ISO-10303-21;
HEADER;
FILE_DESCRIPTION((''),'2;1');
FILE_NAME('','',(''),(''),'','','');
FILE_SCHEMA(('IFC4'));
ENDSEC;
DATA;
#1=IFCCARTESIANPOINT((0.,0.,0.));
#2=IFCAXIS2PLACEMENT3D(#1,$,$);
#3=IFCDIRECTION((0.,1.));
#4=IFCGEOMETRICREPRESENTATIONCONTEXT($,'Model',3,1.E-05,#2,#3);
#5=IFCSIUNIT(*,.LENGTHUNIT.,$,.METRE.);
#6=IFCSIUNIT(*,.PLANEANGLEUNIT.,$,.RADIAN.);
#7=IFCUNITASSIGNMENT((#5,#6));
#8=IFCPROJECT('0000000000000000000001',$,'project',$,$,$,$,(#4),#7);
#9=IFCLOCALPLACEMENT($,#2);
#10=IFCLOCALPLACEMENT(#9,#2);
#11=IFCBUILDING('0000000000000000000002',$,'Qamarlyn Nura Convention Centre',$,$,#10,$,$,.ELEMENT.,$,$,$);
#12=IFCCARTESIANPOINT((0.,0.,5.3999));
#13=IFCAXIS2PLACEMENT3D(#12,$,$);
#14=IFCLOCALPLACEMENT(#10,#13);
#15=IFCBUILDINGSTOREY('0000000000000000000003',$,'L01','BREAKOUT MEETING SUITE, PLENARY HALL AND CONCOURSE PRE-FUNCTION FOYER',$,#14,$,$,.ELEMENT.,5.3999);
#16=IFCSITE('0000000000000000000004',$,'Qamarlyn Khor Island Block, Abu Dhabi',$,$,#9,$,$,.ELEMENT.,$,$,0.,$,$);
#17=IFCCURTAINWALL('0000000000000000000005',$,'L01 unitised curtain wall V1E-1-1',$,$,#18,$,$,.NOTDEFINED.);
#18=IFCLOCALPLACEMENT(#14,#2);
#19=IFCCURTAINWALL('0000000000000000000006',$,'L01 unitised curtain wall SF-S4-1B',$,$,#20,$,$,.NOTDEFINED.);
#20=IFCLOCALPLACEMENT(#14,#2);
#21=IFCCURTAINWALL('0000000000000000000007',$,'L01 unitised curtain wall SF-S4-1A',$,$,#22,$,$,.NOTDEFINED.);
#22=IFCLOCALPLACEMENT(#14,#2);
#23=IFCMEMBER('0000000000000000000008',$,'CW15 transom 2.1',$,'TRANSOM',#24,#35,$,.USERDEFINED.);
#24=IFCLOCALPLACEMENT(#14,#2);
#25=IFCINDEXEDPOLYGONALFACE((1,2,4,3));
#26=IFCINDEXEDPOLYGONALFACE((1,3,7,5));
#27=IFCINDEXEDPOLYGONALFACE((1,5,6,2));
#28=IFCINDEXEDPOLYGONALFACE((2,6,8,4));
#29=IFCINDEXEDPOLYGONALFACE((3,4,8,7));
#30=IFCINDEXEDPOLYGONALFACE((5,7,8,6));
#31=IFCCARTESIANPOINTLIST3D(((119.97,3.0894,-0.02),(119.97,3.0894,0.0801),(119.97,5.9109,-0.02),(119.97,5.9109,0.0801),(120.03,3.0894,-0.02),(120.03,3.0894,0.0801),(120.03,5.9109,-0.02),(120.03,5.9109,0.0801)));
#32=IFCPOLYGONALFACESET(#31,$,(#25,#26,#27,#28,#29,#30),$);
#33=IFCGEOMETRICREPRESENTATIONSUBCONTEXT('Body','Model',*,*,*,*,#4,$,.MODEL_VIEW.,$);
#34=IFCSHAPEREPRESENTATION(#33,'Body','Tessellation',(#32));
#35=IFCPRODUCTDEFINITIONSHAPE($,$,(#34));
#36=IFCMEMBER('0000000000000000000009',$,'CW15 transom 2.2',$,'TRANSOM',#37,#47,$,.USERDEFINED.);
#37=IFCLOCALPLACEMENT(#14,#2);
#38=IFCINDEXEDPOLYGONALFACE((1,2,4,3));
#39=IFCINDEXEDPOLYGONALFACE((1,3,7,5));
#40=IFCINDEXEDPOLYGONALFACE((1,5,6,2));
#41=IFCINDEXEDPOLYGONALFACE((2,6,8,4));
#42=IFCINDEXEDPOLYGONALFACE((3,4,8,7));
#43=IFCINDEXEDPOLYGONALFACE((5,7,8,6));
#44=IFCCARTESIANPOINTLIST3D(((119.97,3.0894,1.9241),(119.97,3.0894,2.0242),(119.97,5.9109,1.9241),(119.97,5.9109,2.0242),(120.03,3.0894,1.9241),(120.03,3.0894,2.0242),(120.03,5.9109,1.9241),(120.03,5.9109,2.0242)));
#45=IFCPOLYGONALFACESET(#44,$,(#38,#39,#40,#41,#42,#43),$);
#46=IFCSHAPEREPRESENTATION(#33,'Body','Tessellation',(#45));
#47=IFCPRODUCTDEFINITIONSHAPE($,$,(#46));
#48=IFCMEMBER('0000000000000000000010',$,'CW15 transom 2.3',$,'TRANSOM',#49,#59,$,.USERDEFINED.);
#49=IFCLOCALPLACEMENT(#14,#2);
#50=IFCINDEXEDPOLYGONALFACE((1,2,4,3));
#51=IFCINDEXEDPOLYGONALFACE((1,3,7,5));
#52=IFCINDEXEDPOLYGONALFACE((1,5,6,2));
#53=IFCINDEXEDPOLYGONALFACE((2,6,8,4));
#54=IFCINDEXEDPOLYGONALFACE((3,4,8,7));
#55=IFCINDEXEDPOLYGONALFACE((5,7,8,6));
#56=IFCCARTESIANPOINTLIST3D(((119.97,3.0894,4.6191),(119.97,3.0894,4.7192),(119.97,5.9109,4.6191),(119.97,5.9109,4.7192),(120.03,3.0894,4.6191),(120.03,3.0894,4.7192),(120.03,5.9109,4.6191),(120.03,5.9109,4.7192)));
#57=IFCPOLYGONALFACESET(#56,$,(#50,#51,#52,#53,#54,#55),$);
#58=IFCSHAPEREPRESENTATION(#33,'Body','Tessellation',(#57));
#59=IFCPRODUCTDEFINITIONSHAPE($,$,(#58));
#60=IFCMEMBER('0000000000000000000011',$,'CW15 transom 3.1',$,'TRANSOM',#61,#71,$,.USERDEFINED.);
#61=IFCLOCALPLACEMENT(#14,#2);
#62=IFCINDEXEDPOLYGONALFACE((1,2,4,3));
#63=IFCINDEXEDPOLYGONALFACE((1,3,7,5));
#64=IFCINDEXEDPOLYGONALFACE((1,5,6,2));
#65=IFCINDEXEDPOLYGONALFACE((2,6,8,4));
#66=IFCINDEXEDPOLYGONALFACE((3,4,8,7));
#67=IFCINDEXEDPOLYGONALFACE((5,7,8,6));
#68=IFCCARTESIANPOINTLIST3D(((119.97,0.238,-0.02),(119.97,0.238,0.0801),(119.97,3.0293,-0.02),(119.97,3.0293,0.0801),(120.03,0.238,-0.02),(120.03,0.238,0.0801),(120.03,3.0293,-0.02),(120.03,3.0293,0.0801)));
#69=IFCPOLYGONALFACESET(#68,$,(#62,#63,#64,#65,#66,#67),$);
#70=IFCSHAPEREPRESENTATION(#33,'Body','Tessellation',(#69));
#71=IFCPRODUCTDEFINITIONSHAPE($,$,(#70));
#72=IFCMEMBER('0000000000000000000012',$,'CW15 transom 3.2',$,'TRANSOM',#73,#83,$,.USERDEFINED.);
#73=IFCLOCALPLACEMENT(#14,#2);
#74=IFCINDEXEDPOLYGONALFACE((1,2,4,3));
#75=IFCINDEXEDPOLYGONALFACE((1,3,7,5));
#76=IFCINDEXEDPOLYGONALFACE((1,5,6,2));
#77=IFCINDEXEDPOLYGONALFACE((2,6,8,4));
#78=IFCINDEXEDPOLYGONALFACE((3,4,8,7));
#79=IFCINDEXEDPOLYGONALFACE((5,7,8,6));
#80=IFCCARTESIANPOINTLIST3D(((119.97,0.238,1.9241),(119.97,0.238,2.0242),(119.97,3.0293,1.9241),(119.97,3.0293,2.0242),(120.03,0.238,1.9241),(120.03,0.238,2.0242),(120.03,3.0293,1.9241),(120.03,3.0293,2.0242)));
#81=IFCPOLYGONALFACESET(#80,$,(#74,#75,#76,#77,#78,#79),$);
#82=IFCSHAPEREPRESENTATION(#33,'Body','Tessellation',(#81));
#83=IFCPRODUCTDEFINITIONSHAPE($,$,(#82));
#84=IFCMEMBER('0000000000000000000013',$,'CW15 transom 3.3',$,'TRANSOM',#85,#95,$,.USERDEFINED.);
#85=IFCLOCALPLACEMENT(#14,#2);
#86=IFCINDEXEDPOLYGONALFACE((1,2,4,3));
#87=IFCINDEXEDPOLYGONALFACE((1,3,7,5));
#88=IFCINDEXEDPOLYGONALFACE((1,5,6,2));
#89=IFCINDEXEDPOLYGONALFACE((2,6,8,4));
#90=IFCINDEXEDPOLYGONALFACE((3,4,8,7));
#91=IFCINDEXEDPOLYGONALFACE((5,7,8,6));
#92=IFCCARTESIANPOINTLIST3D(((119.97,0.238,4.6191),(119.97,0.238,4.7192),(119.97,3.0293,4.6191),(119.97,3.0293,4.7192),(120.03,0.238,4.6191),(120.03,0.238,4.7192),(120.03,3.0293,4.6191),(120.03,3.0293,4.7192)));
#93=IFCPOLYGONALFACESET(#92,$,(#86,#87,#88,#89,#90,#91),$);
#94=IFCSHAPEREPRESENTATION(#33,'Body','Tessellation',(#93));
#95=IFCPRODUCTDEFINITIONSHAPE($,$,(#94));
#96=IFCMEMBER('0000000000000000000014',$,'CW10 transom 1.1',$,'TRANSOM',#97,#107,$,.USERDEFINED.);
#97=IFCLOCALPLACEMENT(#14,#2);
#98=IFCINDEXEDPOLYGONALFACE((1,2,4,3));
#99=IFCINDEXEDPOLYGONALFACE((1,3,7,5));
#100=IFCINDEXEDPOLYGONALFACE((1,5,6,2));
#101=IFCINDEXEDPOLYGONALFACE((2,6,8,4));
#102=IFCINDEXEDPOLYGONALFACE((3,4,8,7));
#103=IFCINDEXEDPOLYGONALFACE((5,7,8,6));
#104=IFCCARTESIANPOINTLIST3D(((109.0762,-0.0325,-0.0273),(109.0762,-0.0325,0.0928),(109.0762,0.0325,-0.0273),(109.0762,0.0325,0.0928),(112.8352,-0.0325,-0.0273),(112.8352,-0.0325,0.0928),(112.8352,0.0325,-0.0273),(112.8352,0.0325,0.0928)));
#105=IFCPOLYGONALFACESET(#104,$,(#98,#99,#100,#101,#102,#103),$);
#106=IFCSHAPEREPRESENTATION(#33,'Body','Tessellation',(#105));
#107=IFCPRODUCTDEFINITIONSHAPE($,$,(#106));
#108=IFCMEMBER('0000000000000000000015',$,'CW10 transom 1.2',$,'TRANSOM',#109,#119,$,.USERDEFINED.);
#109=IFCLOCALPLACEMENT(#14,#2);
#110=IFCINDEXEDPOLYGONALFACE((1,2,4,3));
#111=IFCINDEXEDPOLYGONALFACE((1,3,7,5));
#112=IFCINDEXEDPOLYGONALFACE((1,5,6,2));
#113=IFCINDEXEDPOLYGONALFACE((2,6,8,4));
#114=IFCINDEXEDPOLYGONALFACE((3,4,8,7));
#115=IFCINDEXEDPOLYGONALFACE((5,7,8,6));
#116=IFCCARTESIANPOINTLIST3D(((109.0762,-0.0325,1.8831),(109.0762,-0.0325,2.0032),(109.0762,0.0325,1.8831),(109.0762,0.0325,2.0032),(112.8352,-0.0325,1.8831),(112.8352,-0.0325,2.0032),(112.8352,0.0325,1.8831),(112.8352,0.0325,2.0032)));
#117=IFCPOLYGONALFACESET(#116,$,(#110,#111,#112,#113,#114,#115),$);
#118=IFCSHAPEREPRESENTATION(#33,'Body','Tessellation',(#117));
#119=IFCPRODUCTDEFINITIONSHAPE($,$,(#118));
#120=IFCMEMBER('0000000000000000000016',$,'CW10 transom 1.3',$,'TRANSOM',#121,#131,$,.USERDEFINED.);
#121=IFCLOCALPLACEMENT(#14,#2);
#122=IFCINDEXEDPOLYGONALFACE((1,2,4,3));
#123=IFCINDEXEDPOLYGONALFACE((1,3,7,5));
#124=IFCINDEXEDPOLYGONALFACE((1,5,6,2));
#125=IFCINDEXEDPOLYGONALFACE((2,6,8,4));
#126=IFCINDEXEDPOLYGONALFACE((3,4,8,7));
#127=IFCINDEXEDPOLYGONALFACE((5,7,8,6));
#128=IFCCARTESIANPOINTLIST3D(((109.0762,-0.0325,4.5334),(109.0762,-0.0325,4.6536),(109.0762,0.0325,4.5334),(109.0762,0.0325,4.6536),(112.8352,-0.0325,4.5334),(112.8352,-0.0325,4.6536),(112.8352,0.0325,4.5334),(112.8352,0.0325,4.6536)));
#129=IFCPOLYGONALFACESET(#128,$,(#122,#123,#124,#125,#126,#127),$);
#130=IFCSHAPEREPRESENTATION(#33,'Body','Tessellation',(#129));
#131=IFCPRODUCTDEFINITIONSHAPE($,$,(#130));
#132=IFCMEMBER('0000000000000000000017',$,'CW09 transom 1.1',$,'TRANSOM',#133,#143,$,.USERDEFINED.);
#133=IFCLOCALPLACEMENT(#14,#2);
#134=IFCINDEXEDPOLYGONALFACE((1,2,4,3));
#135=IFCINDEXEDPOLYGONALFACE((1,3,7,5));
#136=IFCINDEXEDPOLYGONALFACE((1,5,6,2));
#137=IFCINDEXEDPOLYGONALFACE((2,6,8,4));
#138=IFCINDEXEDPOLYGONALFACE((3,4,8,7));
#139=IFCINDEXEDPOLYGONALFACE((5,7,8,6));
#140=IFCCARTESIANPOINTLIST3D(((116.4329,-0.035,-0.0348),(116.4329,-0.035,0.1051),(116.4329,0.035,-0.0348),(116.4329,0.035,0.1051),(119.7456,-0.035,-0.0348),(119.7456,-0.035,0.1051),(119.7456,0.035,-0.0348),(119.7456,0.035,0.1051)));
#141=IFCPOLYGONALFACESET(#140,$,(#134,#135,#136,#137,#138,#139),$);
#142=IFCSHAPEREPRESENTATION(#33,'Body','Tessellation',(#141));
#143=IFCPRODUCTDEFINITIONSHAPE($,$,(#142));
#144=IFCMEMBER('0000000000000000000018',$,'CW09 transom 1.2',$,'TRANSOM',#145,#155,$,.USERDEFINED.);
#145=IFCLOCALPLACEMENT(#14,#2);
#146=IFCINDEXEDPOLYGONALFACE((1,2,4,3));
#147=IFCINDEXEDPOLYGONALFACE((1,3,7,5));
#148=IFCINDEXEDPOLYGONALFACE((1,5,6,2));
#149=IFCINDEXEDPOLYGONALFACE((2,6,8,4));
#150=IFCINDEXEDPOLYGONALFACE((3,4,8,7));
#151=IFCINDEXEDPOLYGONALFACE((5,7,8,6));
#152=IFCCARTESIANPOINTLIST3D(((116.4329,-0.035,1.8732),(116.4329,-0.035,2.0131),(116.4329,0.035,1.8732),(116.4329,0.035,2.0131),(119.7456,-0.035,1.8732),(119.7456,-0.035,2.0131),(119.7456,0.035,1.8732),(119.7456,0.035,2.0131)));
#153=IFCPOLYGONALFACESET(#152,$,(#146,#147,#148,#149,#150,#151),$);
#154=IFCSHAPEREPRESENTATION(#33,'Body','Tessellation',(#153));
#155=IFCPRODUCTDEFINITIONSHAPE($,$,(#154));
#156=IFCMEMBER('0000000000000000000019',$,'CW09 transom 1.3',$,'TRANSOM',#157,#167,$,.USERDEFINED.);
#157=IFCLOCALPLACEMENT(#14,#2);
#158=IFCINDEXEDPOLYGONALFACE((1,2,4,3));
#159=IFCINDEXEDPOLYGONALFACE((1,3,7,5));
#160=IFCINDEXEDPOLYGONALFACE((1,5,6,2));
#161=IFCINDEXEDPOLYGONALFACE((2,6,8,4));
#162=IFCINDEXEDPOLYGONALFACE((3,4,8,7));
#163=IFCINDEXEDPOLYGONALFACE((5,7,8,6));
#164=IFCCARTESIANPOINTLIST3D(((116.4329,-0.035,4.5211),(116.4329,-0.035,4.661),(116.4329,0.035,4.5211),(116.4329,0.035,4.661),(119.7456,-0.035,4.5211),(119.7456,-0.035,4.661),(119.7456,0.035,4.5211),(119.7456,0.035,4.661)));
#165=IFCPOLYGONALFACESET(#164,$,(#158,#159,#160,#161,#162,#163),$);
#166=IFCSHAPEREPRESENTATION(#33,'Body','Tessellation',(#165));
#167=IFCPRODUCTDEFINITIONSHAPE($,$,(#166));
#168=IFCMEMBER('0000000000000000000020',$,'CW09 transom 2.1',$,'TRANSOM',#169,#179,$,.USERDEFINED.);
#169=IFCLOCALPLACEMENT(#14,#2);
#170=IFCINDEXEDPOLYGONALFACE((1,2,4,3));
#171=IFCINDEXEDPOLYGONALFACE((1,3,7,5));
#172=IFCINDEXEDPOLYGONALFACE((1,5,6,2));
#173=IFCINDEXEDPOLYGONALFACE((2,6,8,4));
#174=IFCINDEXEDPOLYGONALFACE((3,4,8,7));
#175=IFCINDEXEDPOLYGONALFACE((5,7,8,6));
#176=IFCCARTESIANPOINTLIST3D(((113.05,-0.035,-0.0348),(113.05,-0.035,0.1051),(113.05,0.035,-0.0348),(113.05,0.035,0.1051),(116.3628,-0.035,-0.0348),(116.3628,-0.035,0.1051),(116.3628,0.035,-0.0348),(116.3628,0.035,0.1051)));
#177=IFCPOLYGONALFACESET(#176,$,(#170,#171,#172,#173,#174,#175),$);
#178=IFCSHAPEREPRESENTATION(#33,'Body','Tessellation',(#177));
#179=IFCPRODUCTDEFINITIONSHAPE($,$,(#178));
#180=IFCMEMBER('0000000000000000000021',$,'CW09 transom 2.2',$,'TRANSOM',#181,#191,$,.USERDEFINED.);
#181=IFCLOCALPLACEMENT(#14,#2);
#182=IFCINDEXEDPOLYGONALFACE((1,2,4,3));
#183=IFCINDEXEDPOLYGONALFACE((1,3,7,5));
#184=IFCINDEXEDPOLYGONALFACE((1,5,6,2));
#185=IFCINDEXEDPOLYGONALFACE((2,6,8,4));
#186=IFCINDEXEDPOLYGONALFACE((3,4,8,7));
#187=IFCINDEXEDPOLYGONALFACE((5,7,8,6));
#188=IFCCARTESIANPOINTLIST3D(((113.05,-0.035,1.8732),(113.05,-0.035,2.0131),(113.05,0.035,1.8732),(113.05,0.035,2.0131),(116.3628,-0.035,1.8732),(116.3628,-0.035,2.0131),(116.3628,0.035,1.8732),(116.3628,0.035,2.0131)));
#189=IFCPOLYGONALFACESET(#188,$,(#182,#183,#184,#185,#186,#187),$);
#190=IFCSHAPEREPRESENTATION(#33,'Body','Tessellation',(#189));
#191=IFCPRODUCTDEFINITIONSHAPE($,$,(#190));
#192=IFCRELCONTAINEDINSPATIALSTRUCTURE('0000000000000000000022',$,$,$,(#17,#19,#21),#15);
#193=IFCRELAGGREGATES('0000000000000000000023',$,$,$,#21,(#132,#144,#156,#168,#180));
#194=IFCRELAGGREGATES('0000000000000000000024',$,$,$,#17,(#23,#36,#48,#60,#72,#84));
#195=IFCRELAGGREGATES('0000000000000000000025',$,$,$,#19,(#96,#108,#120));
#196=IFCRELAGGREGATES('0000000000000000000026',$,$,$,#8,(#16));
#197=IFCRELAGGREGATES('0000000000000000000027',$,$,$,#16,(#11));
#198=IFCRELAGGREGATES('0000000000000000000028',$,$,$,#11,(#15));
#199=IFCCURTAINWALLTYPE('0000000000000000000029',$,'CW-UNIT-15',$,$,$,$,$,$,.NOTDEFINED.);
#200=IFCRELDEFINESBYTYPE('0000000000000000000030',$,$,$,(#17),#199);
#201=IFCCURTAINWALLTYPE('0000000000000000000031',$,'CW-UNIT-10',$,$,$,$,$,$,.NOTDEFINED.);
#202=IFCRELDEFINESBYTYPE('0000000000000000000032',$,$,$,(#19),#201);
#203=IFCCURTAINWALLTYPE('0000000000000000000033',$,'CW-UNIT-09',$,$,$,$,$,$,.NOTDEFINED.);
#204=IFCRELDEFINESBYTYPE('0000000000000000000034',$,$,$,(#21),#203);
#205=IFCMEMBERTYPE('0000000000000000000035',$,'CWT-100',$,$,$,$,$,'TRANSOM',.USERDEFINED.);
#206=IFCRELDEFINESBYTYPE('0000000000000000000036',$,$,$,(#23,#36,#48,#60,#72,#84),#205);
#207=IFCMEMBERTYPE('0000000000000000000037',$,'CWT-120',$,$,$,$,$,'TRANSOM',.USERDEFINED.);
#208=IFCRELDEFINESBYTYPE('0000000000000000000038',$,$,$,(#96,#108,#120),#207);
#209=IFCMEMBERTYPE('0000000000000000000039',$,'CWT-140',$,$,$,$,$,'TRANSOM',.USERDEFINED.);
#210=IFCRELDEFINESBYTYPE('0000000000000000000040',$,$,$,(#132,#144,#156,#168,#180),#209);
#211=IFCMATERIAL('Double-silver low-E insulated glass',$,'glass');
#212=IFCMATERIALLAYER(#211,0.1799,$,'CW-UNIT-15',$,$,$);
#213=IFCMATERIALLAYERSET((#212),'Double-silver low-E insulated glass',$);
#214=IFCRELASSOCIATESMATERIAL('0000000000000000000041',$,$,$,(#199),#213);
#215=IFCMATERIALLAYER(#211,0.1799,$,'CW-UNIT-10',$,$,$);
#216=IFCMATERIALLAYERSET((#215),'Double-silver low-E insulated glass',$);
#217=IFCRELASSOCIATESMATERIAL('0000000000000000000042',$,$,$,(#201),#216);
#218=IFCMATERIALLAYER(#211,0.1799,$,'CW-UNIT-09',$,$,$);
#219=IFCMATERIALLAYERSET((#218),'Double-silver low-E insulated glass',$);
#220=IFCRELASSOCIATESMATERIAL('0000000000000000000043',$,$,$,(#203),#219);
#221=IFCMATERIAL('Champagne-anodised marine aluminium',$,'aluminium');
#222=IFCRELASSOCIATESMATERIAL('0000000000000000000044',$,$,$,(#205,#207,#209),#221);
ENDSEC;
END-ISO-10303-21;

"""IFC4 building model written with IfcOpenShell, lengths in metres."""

from ifc_helpers import new_model, si_unit, direction, frame, origin, origin_2d, place, context, subcontext, project, spatial, rectangle, extrude, material, layer, layer_set, material_profile, profile_set, type_object, element, aggregate, save


model = new_model("IFC4")

# Units and contexts
model_context = context("Model", 3, precision=1e-05, world=origin(), true_north=direction((0.0, 1.0)))
body_context = subcontext(model_context, "Body", "Model", "MODEL_VIEW")
ifc_project = project(units=[si_unit("LENGTHUNIT", "METRE"), si_unit("PLANEANGLEUNIT", "RADIAN")], contexts=[model_context])

# Site, building, storey
site_placement = place(None, origin())
site = spatial("IfcSite", under=ifc_project, at=site_placement, Name="Qamarlyn Khor Island Block, Abu Dhabi", CompositionType="ELEMENT", RefElevation=0.0)
building_placement = place(site_placement, origin())
building = spatial("IfcBuilding", under=site, at=building_placement, Name="Qamarlyn Nura Convention Centre", CompositionType="ELEMENT")
storey_placement = place(building_placement, frame((0.0, 0.0, 5.3999)))
storey = spatial("IfcBuildingStorey", under=building, at=storey_placement, Name="L01", Description="BREAKOUT MEETING SUITE, PLENARY HALL AND CONCOURSE PRE-FUNCTION FOYER", CompositionType="ELEMENT", Elevation=5.3999)

# Curtain wall
ifc_material_1 = material(Name="Double-silver low-E insulated glass", Category="glass")
ifc_layer_1 = layer(ifc_material_1, 0.1799, Name="CW-UNIT-15")
ifc_layer_set_1 = layer_set([ifc_layer_1], Name="Double-silver low-E insulated glass")
curtain_wall_type_1 = type_object("IfcCurtainWallType", Name="CW-UNIT-15", PredefinedType="NOTDEFINED", material=ifc_layer_set_1)
curtain_wall_1_placement = place(storey_placement, origin())
curtain_wall_1 = element("IfcCurtainWall", 1, at=curtain_wall_1_placement, inside=storey, type_object=curtain_wall_type_1, Name="L01 unitised curtain wall V1E-1-1", PredefinedType="NOTDEFINED")
ifc_material_2 = material(Name="Champagne-anodised marine aluminium", Category="aluminium")

# Curtain wall
ifc_layer_2 = layer(ifc_material_1, 0.1799, Name="CW-UNIT-10")
ifc_layer_set_2 = layer_set([ifc_layer_2], Name="Double-silver low-E insulated glass")
curtain_wall_type_2 = type_object("IfcCurtainWallType", Name="CW-UNIT-10", PredefinedType="NOTDEFINED", material=ifc_layer_set_2)
curtain_wall_2_placement = place(storey_placement, origin())
curtain_wall_2 = element("IfcCurtainWall", 2, at=curtain_wall_2_placement, inside=storey, type_object=curtain_wall_type_2, Name="L01 unitised curtain wall SF-S4-1B", PredefinedType="NOTDEFINED")

# Curtain wall
ifc_layer_3 = layer(ifc_material_1, 0.1799, Name="CW-UNIT-09")
ifc_layer_set_3 = layer_set([ifc_layer_3], Name="Double-silver low-E insulated glass")
curtain_wall_type_3 = type_object("IfcCurtainWallType", Name="CW-UNIT-09", PredefinedType="NOTDEFINED", material=ifc_layer_set_3)
curtain_wall_3_placement = place(storey_placement, origin())
curtain_wall_3 = element("IfcCurtainWall", 3, at=curtain_wall_3_placement, inside=storey, type_object=curtain_wall_type_3, Name="L01 unitised curtain wall SF-S4-1A", PredefinedType="NOTDEFINED")

# Members
ifc_material_profile_1 = material_profile(ifc_material_2, rectangle(XDim=0.0601, YDim=0.1001, at=origin_2d()), Name="ALU TRANSOM 60x100")
ifc_profile_set_1 = profile_set([ifc_material_profile_1], Name="Champagne-anodised marine aluminium")
member_type_1 = type_object("IfcMemberType", Name="CWT-100", ElementType="TRANSOM", PredefinedType="USERDEFINED", material=ifc_profile_set_1)
member_1_placement = place(storey_placement, frame((120.0, 5.9109, 0.03), z_axis=(0.0, -1.0, 0.0), x_axis=(1.0, 0.0, 0.0)))
member_1 = element("IfcMember", 4, at=member_1_placement, type_object=member_type_1, Name="CW15 transom 2.1", ObjectType="TRANSOM", PredefinedType="USERDEFINED", context=body_context, shape_type="SweptSolid", body=[
    extrude(rectangle(XDim=0.0601, YDim=0.1001, at=origin_2d()), origin(), (0.0, 0.0, 1.0), 2.8215),
])
member_2_placement = place(storey_placement, frame((120.0, 5.9109, 1.9741), z_axis=(0.0, -1.0, 0.0), x_axis=(1.0, 0.0, 0.0)))
member_2 = element("IfcMember", 5, at=member_2_placement, type_object=member_type_1, Name="CW15 transom 2.2", ObjectType="TRANSOM", PredefinedType="USERDEFINED", context=body_context, shape_type="SweptSolid", body=[
    extrude(rectangle(XDim=0.0601, YDim=0.1001, at=origin_2d()), origin(), (0.0, 0.0, 1.0), 2.8215),
])
member_3_placement = place(storey_placement, frame((120.0, 5.9109, 4.6692), z_axis=(0.0, -1.0, 0.0), x_axis=(1.0, 0.0, 0.0)))
member_3 = element("IfcMember", 6, at=member_3_placement, type_object=member_type_1, Name="CW15 transom 2.3", ObjectType="TRANSOM", PredefinedType="USERDEFINED", context=body_context, shape_type="SweptSolid", body=[
    extrude(rectangle(XDim=0.0601, YDim=0.1001, at=origin_2d()), origin(), (0.0, 0.0, 1.0), 2.8215),
])
member_4_placement = place(storey_placement, frame((120.0, 3.0293, 0.03), z_axis=(0.0, -1.0, 0.0), x_axis=(1.0, 0.0, 0.0)))
member_4 = element("IfcMember", 7, at=member_4_placement, type_object=member_type_1, Name="CW15 transom 3.1", ObjectType="TRANSOM", PredefinedType="USERDEFINED", context=body_context, shape_type="SweptSolid", body=[
    extrude(rectangle(XDim=0.0601, YDim=0.1001, at=origin_2d()), origin(), (0.0, 0.0, 1.0), 2.7913),
])
member_5_placement = place(storey_placement, frame((120.0, 3.0293, 1.9741), z_axis=(0.0, -1.0, 0.0), x_axis=(1.0, 0.0, 0.0)))
member_5 = element("IfcMember", 8, at=member_5_placement, type_object=member_type_1, Name="CW15 transom 3.2", ObjectType="TRANSOM", PredefinedType="USERDEFINED", context=body_context, shape_type="SweptSolid", body=[
    extrude(rectangle(XDim=0.0601, YDim=0.1001, at=origin_2d()), origin(), (0.0, 0.0, 1.0), 2.7913),
])
member_6_placement = place(storey_placement, frame((120.0, 3.0293, 4.6692), z_axis=(0.0, -1.0, 0.0), x_axis=(1.0, 0.0, 0.0)))
member_6 = element("IfcMember", 9, at=member_6_placement, type_object=member_type_1, Name="CW15 transom 3.3", ObjectType="TRANSOM", PredefinedType="USERDEFINED", context=body_context, shape_type="SweptSolid", body=[
    extrude(rectangle(XDim=0.0601, YDim=0.1001, at=origin_2d()), origin(), (0.0, 0.0, 1.0), 2.7913),
])
ifc_material_profile_2 = material_profile(ifc_material_2, rectangle(XDim=0.0649, YDim=0.1201, at=origin_2d()), Name="ALU TRANSOM 65x120")
ifc_profile_set_2 = profile_set([ifc_material_profile_2], Name="Champagne-anodised marine aluminium")
member_type_2 = type_object("IfcMemberType", Name="CWT-120", ElementType="TRANSOM", PredefinedType="USERDEFINED", material=ifc_profile_set_2)
member_7_placement = place(storey_placement, frame((112.8352, 0.0, 0.0327), z_axis=(-1.0, 0.0, 0.0), x_axis=(0.0, -1.0, 0.0)))
member_7 = element("IfcMember", 10, at=member_7_placement, type_object=member_type_2, Name="CW10 transom 1.1", ObjectType="TRANSOM", PredefinedType="USERDEFINED", context=body_context, shape_type="SweptSolid", body=[
    extrude(rectangle(XDim=0.0649, YDim=0.1201, at=origin_2d()), origin(), (0.0, 0.0, 1.0), 3.759),
])
member_8_placement = place(storey_placement, frame((112.8352, 0.0, 1.9431), z_axis=(-1.0, 0.0, 0.0), x_axis=(0.0, -1.0, 0.0)))
member_8 = element("IfcMember", 11, at=member_8_placement, type_object=member_type_2, Name="CW10 transom 1.2", ObjectType="TRANSOM", PredefinedType="USERDEFINED", context=body_context, shape_type="SweptSolid", body=[
    extrude(rectangle(XDim=0.0649, YDim=0.1201, at=origin_2d()), origin(), (0.0, 0.0, 1.0), 3.759),
])
member_9_placement = place(storey_placement, frame((112.8352, 0.0, 4.5935), z_axis=(-1.0, 0.0, 0.0), x_axis=(0.0, -1.0, 0.0)))
member_9 = element("IfcMember", 12, at=member_9_placement, type_object=member_type_2, Name="CW10 transom 1.3", ObjectType="TRANSOM", PredefinedType="USERDEFINED", context=body_context, shape_type="SweptSolid", body=[
    extrude(rectangle(XDim=0.0649, YDim=0.1201, at=origin_2d()), origin(), (0.0, 0.0, 1.0), 3.759),
])
ifc_material_profile_3 = material_profile(ifc_material_2, rectangle(XDim=0.0701, YDim=0.1399, at=origin_2d()), Name="ALU TRANSOM 70x140")
ifc_profile_set_3 = profile_set([ifc_material_profile_3], Name="Champagne-anodised marine aluminium")
member_type_3 = type_object("IfcMemberType", Name="CWT-140", ElementType="TRANSOM", PredefinedType="USERDEFINED", material=ifc_profile_set_3)
member_10_placement = place(storey_placement, frame((119.7456, 0.0, 0.0352), z_axis=(-1.0, 0.0, 0.0), x_axis=(0.0, -1.0, 0.0)))
member_10 = element("IfcMember", 13, at=member_10_placement, type_object=member_type_3, Name="CW09 transom 1.1", ObjectType="TRANSOM", PredefinedType="USERDEFINED", context=body_context, shape_type="SweptSolid", body=[
    extrude(rectangle(XDim=0.0701, YDim=0.1399, at=origin_2d()), origin(), (0.0, 0.0, 1.0), 3.3127),
])
member_11_placement = place(storey_placement, frame((119.7456, 0.0, 1.9431), z_axis=(-1.0, 0.0, 0.0), x_axis=(0.0, -1.0, 0.0)))
member_11 = element("IfcMember", 14, at=member_11_placement, type_object=member_type_3, Name="CW09 transom 1.2", ObjectType="TRANSOM", PredefinedType="USERDEFINED", context=body_context, shape_type="SweptSolid", body=[
    extrude(rectangle(XDim=0.0701, YDim=0.1399, at=origin_2d()), origin(), (0.0, 0.0, 1.0), 3.3127),
])
member_12_placement = place(storey_placement, frame((119.7456, 0.0, 4.5911), z_axis=(-1.0, 0.0, 0.0), x_axis=(0.0, -1.0, 0.0)))
member_12 = element("IfcMember", 15, at=member_12_placement, type_object=member_type_3, Name="CW09 transom 1.3", ObjectType="TRANSOM", PredefinedType="USERDEFINED", context=body_context, shape_type="SweptSolid", body=[
    extrude(rectangle(XDim=0.0701, YDim=0.1399, at=origin_2d()), origin(), (0.0, 0.0, 1.0), 3.3127),
])
member_13_placement = place(storey_placement, frame((116.3628, 0.0, 0.0352), z_axis=(-1.0, 0.0, 0.0), x_axis=(0.0, -1.0, 0.0)))
member_13 = element("IfcMember", 16, at=member_13_placement, type_object=member_type_3, Name="CW09 transom 2.1", ObjectType="TRANSOM", PredefinedType="USERDEFINED", context=body_context, shape_type="SweptSolid", body=[
    extrude(rectangle(XDim=0.0701, YDim=0.1399, at=origin_2d()), origin(), (0.0, 0.0, 1.0), 3.3127),
])
member_14_placement = place(storey_placement, frame((116.3628, 0.0, 1.9431), z_axis=(-1.0, 0.0, 0.0), x_axis=(0.0, -1.0, 0.0)))
member_14 = element("IfcMember", 17, at=member_14_placement, type_object=member_type_3, Name="CW09 transom 2.2", ObjectType="TRANSOM", PredefinedType="USERDEFINED", context=body_context, shape_type="SweptSolid", body=[
    extrude(rectangle(XDim=0.0701, YDim=0.1399, at=origin_2d()), origin(), (0.0, 0.0, 1.0), 3.3127),
])

aggregate(curtain_wall_3, [member_10, member_11, member_12, member_13, member_14])
aggregate(curtain_wall_1, [member_1, member_2, member_3, member_4, member_5, member_6])
aggregate(curtain_wall_2, [member_7, member_8, member_9])

save(model, "model.ifc")
